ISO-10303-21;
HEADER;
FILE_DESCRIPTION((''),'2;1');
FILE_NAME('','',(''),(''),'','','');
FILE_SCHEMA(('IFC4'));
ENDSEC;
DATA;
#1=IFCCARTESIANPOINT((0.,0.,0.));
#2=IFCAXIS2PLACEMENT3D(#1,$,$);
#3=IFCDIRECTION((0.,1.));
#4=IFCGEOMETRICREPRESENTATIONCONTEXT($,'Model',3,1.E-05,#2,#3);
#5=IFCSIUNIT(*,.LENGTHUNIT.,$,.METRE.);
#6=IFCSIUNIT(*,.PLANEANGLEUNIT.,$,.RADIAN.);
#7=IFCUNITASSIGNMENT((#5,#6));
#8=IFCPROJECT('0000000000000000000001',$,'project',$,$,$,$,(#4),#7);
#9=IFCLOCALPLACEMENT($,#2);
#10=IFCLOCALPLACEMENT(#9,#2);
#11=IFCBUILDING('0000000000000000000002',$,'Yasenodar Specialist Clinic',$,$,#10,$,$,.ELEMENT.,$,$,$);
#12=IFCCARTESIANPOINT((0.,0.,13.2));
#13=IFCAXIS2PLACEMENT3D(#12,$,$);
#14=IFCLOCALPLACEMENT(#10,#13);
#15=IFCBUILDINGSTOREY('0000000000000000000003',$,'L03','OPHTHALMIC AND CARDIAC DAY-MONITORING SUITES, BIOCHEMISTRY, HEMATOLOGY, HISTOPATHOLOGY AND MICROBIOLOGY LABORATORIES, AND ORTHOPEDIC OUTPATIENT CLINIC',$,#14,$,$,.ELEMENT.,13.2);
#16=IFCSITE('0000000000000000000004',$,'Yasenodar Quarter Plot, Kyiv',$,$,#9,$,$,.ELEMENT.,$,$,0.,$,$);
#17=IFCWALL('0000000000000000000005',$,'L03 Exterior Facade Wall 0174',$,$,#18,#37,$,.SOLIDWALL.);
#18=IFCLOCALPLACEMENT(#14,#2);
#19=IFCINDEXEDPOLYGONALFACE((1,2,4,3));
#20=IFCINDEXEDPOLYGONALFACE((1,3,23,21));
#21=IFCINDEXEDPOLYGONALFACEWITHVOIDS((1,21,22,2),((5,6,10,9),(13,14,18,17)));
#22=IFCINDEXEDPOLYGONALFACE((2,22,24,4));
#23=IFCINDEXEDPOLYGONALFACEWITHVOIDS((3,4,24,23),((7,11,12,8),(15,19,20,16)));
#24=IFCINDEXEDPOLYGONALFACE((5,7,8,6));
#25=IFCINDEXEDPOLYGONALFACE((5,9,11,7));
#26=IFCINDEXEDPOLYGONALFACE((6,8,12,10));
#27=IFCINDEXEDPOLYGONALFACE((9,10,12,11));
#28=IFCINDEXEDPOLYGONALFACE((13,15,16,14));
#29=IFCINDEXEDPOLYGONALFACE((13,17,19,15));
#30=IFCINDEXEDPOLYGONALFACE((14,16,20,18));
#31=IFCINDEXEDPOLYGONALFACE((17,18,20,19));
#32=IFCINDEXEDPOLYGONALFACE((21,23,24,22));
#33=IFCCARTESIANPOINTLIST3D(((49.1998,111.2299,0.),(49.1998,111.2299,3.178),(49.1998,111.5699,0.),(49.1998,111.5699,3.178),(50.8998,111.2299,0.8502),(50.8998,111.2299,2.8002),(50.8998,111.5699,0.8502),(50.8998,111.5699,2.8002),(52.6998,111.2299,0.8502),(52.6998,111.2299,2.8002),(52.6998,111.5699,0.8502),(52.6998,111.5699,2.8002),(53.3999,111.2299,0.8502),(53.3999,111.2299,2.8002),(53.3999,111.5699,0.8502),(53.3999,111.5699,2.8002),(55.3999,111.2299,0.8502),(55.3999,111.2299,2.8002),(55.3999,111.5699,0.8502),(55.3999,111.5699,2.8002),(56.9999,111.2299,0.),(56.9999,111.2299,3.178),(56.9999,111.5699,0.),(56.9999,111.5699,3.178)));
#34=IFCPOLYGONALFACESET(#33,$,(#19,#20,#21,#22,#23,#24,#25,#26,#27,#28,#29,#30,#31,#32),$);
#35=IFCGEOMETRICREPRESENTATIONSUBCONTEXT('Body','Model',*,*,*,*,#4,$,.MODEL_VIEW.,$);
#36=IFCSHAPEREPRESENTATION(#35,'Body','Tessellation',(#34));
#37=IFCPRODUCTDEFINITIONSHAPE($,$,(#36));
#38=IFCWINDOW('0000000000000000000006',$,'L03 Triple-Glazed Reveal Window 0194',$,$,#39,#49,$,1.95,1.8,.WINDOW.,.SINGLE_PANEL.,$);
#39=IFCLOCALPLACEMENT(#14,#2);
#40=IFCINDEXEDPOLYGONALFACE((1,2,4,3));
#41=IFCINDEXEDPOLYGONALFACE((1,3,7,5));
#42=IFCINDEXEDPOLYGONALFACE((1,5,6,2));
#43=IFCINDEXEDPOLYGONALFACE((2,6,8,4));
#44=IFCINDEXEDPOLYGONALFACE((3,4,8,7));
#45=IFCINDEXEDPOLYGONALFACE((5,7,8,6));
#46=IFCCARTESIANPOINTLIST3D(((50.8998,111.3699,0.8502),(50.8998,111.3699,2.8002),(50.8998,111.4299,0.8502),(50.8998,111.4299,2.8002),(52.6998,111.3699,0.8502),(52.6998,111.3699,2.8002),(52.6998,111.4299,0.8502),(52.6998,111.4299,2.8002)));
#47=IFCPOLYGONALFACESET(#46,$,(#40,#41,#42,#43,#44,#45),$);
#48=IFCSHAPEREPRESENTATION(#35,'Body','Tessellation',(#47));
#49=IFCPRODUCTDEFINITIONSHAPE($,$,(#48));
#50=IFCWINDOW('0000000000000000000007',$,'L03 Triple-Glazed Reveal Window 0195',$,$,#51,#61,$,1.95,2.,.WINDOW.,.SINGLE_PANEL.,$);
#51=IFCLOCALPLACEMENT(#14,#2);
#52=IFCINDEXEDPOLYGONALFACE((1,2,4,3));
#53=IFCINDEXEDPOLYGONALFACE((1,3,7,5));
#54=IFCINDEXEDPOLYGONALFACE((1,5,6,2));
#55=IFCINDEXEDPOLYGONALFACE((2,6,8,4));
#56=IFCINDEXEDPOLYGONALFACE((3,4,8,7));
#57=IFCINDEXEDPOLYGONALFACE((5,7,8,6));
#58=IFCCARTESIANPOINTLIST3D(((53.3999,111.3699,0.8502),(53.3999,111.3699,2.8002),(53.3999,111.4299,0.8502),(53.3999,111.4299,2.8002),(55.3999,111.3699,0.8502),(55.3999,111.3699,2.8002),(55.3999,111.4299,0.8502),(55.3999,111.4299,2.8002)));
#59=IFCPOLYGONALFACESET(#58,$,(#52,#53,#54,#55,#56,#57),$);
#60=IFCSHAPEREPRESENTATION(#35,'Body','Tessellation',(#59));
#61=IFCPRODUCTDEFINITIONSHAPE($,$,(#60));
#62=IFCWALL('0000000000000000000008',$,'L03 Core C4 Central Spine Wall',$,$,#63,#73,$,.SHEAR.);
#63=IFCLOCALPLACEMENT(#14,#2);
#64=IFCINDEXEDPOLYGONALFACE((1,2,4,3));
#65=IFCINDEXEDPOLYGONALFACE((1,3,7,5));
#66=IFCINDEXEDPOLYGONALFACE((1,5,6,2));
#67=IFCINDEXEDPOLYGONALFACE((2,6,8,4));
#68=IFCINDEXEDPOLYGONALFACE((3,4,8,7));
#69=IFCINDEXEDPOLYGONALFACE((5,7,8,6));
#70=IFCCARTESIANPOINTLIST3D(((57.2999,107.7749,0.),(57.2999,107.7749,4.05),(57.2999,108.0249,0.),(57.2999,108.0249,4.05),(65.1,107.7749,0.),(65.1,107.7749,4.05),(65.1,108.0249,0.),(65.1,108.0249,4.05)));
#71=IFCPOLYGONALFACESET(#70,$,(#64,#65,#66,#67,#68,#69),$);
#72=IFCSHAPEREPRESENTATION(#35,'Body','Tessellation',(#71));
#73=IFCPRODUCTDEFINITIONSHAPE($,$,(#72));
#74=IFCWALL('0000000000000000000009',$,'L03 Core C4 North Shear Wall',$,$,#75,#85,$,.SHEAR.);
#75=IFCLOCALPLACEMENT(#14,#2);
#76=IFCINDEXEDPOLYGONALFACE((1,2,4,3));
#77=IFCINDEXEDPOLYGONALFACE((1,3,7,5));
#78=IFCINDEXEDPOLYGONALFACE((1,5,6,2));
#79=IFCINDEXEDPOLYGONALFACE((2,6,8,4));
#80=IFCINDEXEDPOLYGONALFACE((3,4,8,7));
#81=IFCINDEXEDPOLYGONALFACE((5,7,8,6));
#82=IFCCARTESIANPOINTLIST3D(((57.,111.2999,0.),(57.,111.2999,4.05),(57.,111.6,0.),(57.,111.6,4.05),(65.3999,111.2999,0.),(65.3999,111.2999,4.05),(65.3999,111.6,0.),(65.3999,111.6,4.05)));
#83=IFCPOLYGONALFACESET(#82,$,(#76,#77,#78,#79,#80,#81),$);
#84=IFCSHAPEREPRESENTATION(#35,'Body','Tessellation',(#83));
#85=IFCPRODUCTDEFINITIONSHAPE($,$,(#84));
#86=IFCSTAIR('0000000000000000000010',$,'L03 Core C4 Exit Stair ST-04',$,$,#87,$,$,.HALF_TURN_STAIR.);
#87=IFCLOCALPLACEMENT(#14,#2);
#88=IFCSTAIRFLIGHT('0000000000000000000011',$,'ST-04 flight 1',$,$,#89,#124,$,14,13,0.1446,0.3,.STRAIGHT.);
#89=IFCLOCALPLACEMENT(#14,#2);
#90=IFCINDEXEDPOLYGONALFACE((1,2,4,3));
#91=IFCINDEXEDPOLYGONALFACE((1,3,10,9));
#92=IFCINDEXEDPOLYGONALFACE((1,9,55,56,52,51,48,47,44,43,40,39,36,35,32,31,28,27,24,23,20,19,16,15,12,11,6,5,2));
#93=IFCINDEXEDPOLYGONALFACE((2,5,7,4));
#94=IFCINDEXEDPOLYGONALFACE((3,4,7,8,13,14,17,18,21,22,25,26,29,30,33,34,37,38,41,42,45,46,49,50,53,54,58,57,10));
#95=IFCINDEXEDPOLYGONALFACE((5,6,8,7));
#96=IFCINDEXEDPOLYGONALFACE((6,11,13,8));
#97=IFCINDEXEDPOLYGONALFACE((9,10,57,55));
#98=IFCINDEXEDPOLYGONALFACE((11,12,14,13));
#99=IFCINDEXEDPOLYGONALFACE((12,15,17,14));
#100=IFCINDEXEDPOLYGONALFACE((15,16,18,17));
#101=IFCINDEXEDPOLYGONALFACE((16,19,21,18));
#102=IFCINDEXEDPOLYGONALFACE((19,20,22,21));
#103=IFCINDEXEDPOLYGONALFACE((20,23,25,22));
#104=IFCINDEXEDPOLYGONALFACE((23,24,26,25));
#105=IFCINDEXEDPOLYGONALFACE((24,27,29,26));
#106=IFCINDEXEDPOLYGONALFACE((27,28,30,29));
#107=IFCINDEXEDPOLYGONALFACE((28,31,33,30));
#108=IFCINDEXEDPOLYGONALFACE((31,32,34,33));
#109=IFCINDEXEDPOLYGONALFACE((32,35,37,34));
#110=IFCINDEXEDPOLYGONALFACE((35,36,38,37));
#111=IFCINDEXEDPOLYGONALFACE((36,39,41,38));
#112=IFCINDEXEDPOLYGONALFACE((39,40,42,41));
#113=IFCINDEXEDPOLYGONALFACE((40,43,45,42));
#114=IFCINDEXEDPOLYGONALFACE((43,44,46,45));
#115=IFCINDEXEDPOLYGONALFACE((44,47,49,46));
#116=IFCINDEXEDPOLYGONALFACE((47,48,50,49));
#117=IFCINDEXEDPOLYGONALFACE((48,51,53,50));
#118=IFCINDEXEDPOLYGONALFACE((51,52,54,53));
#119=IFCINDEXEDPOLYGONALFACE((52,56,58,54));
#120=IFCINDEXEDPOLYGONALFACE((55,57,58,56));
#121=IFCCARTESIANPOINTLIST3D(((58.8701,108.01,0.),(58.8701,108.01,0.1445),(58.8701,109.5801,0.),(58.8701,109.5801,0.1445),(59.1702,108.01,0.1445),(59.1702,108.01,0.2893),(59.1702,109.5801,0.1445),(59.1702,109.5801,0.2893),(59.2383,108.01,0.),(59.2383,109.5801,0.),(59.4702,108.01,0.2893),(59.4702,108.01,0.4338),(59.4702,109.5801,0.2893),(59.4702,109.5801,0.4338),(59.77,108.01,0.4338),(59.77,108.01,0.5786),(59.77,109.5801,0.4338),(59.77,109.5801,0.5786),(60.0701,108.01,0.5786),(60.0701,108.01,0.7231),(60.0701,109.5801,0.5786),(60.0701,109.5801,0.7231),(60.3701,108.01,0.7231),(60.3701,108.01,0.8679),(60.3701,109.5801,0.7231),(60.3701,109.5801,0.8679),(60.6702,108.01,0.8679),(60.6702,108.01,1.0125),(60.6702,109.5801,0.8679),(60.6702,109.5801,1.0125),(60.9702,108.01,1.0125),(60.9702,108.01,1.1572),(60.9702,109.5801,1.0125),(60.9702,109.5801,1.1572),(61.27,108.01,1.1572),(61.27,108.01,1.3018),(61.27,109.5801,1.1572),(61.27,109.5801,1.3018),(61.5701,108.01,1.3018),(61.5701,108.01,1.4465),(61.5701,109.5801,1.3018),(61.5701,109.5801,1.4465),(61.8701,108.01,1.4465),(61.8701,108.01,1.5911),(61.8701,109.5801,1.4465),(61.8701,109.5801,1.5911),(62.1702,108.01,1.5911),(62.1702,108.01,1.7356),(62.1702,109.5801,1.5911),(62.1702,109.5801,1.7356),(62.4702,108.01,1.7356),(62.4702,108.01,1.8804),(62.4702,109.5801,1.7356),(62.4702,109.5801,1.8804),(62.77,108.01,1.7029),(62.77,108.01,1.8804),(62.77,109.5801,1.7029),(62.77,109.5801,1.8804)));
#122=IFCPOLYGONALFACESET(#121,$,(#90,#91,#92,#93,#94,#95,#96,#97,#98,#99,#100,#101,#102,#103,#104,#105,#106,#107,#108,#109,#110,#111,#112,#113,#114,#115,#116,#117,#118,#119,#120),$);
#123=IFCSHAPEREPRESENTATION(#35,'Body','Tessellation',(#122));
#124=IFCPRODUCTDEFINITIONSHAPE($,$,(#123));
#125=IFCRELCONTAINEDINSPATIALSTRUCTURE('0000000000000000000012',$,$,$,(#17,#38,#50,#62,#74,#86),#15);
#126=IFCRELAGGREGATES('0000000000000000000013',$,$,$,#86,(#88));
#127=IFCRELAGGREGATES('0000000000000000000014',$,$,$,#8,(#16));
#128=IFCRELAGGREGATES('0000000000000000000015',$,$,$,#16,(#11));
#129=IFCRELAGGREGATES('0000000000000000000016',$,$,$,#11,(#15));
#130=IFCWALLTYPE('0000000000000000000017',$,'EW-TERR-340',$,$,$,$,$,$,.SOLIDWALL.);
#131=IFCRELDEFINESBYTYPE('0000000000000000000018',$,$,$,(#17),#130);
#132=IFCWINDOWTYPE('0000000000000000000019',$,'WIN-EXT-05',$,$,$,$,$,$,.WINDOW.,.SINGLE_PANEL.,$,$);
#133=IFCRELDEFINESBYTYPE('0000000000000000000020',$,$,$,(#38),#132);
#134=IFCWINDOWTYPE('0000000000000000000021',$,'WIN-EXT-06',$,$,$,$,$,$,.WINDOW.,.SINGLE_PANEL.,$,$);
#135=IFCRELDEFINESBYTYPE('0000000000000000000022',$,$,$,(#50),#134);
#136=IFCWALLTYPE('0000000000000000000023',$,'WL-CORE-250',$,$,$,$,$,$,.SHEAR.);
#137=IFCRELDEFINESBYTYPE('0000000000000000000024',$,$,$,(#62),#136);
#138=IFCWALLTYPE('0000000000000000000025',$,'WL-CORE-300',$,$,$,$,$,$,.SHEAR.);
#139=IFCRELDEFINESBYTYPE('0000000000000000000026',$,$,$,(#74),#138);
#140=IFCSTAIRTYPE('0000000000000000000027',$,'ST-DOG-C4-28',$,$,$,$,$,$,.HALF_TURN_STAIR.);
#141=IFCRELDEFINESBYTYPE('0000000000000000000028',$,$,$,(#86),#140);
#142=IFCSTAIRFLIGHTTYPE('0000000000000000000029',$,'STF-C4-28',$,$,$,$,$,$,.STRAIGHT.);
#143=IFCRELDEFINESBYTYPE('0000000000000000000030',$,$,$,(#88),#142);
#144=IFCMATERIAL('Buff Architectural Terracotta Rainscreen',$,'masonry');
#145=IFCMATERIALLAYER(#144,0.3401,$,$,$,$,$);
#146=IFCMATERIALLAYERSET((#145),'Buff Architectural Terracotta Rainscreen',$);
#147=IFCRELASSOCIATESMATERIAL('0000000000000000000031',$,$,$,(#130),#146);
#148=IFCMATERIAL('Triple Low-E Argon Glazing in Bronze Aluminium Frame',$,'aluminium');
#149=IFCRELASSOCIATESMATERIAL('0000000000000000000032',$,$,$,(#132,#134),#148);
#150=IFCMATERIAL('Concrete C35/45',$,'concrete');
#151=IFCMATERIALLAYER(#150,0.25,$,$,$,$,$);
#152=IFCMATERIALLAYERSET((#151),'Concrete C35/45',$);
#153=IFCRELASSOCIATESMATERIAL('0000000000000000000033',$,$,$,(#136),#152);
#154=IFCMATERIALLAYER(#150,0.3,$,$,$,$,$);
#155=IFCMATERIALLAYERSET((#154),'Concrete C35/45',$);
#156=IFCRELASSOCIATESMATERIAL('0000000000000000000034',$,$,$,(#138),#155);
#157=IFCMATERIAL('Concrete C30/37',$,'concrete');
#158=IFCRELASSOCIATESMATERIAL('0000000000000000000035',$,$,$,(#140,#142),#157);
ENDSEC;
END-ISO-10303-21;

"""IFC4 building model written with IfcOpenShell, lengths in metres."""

from ifc_helpers import new_model, si_unit, direction, frame, frame_2d, origin, place, context, subcontext, project, spatial, polyline, rectangle, outline, extrude, material, layer, layer_set, type_object, element, fill, aggregate, save


model = new_model("IFC4")

# Units and contexts
model_context = context("Model", 3, precision=1e-05, world=origin(), true_north=direction((0.0, 1.0)))
body_context = subcontext(model_context, "Body", "Model", "MODEL_VIEW")
ifc_project = project(units=[si_unit("LENGTHUNIT", "METRE"), si_unit("PLANEANGLEUNIT", "RADIAN")], contexts=[model_context])

# Site, building, storey
site_placement = place(None, origin())
site = spatial("IfcSite", under=ifc_project, at=site_placement, Name="Yasenodar Quarter Plot, Kyiv", CompositionType="ELEMENT", RefElevation=0.0)
building_placement = place(site_placement, origin())
building = spatial("IfcBuilding", under=site, at=building_placement, Name="Yasenodar Specialist Clinic", CompositionType="ELEMENT")
storey_placement = place(building_placement, frame((0.0, 0.0, 13.2)))
storey = spatial("IfcBuildingStorey", under=building, at=storey_placement, Name="L03", Description="OPHTHALMIC AND CARDIAC DAY-MONITORING SUITES, BIOCHEMISTRY, HEMATOLOGY, HISTOPATHOLOGY AND MICROBIOLOGY LABORATORIES, AND ORTHOPEDIC OUTPATIENT CLINIC", CompositionType="ELEMENT", Elevation=13.2)

# Wall, openings, windows
ifc_material_1 = material(Name="Buff Architectural Terracotta Rainscreen", Category="masonry")
ifc_layer_1 = layer(ifc_material_1, 0.3401)
ifc_layer_set_1 = layer_set([ifc_layer_1], Name="Buff Architectural Terracotta Rainscreen")
wall_type_1 = type_object("IfcWallType", Name="EW-TERR-340", PredefinedType="SOLIDWALL", material=ifc_layer_set_1)
wall_1_placement = place(storey_placement, frame((49.2, 111.3999, 0.0), z_axis=(0.0, 0.0, 1.0), x_axis=(1.0, 0.0, 0.0)))
wall_1 = element("IfcWall", 1, at=wall_1_placement, inside=storey, type_object=wall_type_1, Name="L03 Exterior Facade Wall 0174", PredefinedType="SOLIDWALL", context=body_context, shape_type="SweptSolid", body=[
    extrude(rectangle(XDim=7.8, YDim=0.3401, at=frame_2d((3.8999, 0.0))), origin(), (0.0, 0.0, 1.0), 3.178),
])
opening_1_placement = place(wall_1_placement, frame((1.7, 0.0, 0.8501)))
opening_1 = element("IfcOpeningElement", 2, at=opening_1_placement, cuts=wall_1, PredefinedType="OPENING", context=body_context, shape_type="SweptSolid", body=[
    extrude(rectangle(XDim=1.8, YDim=1.95, at=frame_2d((0.8999, 0.9751))), frame((0.0, 0.1802, 0.0), z_axis=(0.0, -1.0, 0.0), x_axis=(1.0, 0.0, 0.0)), (0.0, 0.0, 1.0), 0.3601),
])
opening_2_placement = place(wall_1_placement, frame((4.2, 0.0, 0.8501)))
opening_2 = element("IfcOpeningElement", 3, at=opening_2_placement, cuts=wall_1, PredefinedType="OPENING", context=body_context, shape_type="SweptSolid", body=[
    extrude(rectangle(XDim=2.0, YDim=1.95, at=frame_2d((1.0, 0.9751))), frame((0.0, 0.1802, 0.0), z_axis=(0.0, -1.0, 0.0), x_axis=(1.0, 0.0, 0.0)), (0.0, 0.0, 1.0), 0.3601),
])
ifc_material_2 = material(Name="Triple Low-E Argon Glazing in Bronze Aluminium Frame", Category="aluminium")
window_type_1 = type_object("IfcWindowType", Name="WIN-EXT-05", PartitioningType="SINGLE_PANEL", PredefinedType="WINDOW", material=ifc_material_2)
window_1_placement = place(opening_1_placement, origin())
window_1 = element("IfcWindow", 4, at=window_1_placement, inside=storey, type_object=window_type_1, Name="L03 Triple-Glazed Reveal Window 0194", OverallHeight=1.95, OverallWidth=1.8, PartitioningType="SINGLE_PANEL", PredefinedType="WINDOW", context=body_context, shape_type="SweptSolid", body=[
    extrude(rectangle(XDim=1.8, YDim=1.95, at=frame_2d((0.8999, 0.9751))), frame((0.0, 0.03, 0.0), z_axis=(0.0, -1.0, 0.0), x_axis=(1.0, 0.0, 0.0)), (0.0, 0.0, 1.0), 0.0601),
])
fill(opening_1, window_1)
window_type_2 = type_object("IfcWindowType", Name="WIN-EXT-06", PartitioningType="SINGLE_PANEL", PredefinedType="WINDOW", material=ifc_material_2)
window_2_placement = place(opening_2_placement, origin())
window_2 = element("IfcWindow", 5, at=window_2_placement, inside=storey, type_object=window_type_2, Name="L03 Triple-Glazed Reveal Window 0195", OverallHeight=1.95, OverallWidth=2.0, PartitioningType="SINGLE_PANEL", PredefinedType="WINDOW", context=body_context, shape_type="SweptSolid", body=[
    extrude(rectangle(XDim=2.0, YDim=1.95, at=frame_2d((1.0, 0.9751))), frame((0.0, 0.03, 0.0), z_axis=(0.0, -1.0, 0.0), x_axis=(1.0, 0.0, 0.0)), (0.0, 0.0, 1.0), 0.0601),
])
fill(opening_2, window_2)

# Walls
ifc_material_3 = material(Name="Concrete C35/45", Category="concrete")
ifc_layer_2 = layer(ifc_material_3, 0.25)
ifc_layer_set_2 = layer_set([ifc_layer_2], Name="Concrete C35/45")
wall_type_2 = type_object("IfcWallType", Name="WL-CORE-250", PredefinedType="SHEAR", material=ifc_layer_set_2)
wall_2_placement = place(storey_placement, frame((57.3, 107.8999, 0.0), z_axis=(0.0, 0.0, 1.0), x_axis=(1.0, 0.0, 0.0)))
element("IfcWall", 6, at=wall_2_placement, inside=storey, type_object=wall_type_2, Name="L03 Core C4 Central Spine Wall", PredefinedType="SHEAR", context=body_context, shape_type="SweptSolid", body=[
    extrude(rectangle(XDim=7.8, YDim=0.25, at=frame_2d((3.8999, 0.0))), origin(), (0.0, 0.0, 1.0), 4.05),
])
ifc_layer_3 = layer(ifc_material_3, 0.3)
ifc_layer_set_3 = layer_set([ifc_layer_3], Name="Concrete C35/45")
wall_type_3 = type_object("IfcWallType", Name="WL-CORE-300", PredefinedType="SHEAR", material=ifc_layer_set_3)
wall_3_placement = place(storey_placement, frame((57.0, 111.45, 0.0), z_axis=(0.0, 0.0, 1.0), x_axis=(1.0, 0.0, 0.0)))
element("IfcWall", 7, at=wall_3_placement, inside=storey, type_object=wall_type_3, Name="L03 Core C4 North Shear Wall", PredefinedType="SHEAR", context=body_context, shape_type="SweptSolid", body=[
    extrude(rectangle(XDim=8.3999, YDim=0.3, at=frame_2d((4.2, 0.0))), origin(), (0.0, 0.0, 1.0), 4.05),
])

# Stair, stair flight
ifc_material_4 = material(Name="Concrete C30/37", Category="concrete")
stair_type = type_object("IfcStairType", Name="ST-DOG-C4-28", PredefinedType="HALF_TURN_STAIR", material=ifc_material_4)
stair_placement = place(storey_placement, origin())
stair = element("IfcStair", 8, at=stair_placement, inside=storey, type_object=stair_type, Name="L03 Core C4 Exit Stair ST-04", PredefinedType="HALF_TURN_STAIR")
stair_flight_type = type_object("IfcStairFlightType", Name="STF-C4-28", PredefinedType="STRAIGHT", material=ifc_material_4)
stair_flight_placement = place(storey_placement, frame((58.8701, 108.7949, 0.0), z_axis=(0.0, 0.0, 1.0), x_axis=(1.0, 0.0, 0.0)))
stair_flight = element("IfcStairFlight", 9, at=stair_flight_placement, type_object=stair_flight_type, Name="ST-04 flight 1", NumberOfRisers=14, NumberOfTreads=13, PredefinedType="STRAIGHT", RiserHeight=0.1446, TreadLength=0.3, context=body_context, shape_type="SweptSolid", body=[
    extrude(outline(polyline([(0.0, 0.0), (0.0, 0.1445), (0.3, 0.1445), (0.3, 0.2893), (0.6001, 0.2893), (0.6001, 0.4338), (0.8999, 0.4338), (0.8999, 0.5786), (1.2, 0.5786), (1.2, 0.7231), (1.5, 0.7231), (1.5, 0.8679), (1.8, 0.8679), (1.8, 1.0125), (2.1001, 1.0125), (2.1001, 1.1572), (2.3999, 1.1572), (2.3999, 1.3018), (2.7, 1.3018), (2.7, 1.4465), (3.0, 1.4465), (3.0, 1.5911), (3.3, 1.5911), (3.3, 1.7356), (3.6001, 1.7356), (3.6001, 1.8804), (3.8999, 1.8804), (3.8999, 2.0249), (3.8999, 1.7029), (0.3682, 0.0), (0.0, 0.0)])), frame((0.0, 0.7852, 0.0), z_axis=(0.0, -1.0, 0.0), x_axis=(1.0, 0.0, 0.0)), (0.0, 0.0, 1.0), 1.5701),
])
aggregate(stair, [stair_flight])

save(model, "model.ifc")
